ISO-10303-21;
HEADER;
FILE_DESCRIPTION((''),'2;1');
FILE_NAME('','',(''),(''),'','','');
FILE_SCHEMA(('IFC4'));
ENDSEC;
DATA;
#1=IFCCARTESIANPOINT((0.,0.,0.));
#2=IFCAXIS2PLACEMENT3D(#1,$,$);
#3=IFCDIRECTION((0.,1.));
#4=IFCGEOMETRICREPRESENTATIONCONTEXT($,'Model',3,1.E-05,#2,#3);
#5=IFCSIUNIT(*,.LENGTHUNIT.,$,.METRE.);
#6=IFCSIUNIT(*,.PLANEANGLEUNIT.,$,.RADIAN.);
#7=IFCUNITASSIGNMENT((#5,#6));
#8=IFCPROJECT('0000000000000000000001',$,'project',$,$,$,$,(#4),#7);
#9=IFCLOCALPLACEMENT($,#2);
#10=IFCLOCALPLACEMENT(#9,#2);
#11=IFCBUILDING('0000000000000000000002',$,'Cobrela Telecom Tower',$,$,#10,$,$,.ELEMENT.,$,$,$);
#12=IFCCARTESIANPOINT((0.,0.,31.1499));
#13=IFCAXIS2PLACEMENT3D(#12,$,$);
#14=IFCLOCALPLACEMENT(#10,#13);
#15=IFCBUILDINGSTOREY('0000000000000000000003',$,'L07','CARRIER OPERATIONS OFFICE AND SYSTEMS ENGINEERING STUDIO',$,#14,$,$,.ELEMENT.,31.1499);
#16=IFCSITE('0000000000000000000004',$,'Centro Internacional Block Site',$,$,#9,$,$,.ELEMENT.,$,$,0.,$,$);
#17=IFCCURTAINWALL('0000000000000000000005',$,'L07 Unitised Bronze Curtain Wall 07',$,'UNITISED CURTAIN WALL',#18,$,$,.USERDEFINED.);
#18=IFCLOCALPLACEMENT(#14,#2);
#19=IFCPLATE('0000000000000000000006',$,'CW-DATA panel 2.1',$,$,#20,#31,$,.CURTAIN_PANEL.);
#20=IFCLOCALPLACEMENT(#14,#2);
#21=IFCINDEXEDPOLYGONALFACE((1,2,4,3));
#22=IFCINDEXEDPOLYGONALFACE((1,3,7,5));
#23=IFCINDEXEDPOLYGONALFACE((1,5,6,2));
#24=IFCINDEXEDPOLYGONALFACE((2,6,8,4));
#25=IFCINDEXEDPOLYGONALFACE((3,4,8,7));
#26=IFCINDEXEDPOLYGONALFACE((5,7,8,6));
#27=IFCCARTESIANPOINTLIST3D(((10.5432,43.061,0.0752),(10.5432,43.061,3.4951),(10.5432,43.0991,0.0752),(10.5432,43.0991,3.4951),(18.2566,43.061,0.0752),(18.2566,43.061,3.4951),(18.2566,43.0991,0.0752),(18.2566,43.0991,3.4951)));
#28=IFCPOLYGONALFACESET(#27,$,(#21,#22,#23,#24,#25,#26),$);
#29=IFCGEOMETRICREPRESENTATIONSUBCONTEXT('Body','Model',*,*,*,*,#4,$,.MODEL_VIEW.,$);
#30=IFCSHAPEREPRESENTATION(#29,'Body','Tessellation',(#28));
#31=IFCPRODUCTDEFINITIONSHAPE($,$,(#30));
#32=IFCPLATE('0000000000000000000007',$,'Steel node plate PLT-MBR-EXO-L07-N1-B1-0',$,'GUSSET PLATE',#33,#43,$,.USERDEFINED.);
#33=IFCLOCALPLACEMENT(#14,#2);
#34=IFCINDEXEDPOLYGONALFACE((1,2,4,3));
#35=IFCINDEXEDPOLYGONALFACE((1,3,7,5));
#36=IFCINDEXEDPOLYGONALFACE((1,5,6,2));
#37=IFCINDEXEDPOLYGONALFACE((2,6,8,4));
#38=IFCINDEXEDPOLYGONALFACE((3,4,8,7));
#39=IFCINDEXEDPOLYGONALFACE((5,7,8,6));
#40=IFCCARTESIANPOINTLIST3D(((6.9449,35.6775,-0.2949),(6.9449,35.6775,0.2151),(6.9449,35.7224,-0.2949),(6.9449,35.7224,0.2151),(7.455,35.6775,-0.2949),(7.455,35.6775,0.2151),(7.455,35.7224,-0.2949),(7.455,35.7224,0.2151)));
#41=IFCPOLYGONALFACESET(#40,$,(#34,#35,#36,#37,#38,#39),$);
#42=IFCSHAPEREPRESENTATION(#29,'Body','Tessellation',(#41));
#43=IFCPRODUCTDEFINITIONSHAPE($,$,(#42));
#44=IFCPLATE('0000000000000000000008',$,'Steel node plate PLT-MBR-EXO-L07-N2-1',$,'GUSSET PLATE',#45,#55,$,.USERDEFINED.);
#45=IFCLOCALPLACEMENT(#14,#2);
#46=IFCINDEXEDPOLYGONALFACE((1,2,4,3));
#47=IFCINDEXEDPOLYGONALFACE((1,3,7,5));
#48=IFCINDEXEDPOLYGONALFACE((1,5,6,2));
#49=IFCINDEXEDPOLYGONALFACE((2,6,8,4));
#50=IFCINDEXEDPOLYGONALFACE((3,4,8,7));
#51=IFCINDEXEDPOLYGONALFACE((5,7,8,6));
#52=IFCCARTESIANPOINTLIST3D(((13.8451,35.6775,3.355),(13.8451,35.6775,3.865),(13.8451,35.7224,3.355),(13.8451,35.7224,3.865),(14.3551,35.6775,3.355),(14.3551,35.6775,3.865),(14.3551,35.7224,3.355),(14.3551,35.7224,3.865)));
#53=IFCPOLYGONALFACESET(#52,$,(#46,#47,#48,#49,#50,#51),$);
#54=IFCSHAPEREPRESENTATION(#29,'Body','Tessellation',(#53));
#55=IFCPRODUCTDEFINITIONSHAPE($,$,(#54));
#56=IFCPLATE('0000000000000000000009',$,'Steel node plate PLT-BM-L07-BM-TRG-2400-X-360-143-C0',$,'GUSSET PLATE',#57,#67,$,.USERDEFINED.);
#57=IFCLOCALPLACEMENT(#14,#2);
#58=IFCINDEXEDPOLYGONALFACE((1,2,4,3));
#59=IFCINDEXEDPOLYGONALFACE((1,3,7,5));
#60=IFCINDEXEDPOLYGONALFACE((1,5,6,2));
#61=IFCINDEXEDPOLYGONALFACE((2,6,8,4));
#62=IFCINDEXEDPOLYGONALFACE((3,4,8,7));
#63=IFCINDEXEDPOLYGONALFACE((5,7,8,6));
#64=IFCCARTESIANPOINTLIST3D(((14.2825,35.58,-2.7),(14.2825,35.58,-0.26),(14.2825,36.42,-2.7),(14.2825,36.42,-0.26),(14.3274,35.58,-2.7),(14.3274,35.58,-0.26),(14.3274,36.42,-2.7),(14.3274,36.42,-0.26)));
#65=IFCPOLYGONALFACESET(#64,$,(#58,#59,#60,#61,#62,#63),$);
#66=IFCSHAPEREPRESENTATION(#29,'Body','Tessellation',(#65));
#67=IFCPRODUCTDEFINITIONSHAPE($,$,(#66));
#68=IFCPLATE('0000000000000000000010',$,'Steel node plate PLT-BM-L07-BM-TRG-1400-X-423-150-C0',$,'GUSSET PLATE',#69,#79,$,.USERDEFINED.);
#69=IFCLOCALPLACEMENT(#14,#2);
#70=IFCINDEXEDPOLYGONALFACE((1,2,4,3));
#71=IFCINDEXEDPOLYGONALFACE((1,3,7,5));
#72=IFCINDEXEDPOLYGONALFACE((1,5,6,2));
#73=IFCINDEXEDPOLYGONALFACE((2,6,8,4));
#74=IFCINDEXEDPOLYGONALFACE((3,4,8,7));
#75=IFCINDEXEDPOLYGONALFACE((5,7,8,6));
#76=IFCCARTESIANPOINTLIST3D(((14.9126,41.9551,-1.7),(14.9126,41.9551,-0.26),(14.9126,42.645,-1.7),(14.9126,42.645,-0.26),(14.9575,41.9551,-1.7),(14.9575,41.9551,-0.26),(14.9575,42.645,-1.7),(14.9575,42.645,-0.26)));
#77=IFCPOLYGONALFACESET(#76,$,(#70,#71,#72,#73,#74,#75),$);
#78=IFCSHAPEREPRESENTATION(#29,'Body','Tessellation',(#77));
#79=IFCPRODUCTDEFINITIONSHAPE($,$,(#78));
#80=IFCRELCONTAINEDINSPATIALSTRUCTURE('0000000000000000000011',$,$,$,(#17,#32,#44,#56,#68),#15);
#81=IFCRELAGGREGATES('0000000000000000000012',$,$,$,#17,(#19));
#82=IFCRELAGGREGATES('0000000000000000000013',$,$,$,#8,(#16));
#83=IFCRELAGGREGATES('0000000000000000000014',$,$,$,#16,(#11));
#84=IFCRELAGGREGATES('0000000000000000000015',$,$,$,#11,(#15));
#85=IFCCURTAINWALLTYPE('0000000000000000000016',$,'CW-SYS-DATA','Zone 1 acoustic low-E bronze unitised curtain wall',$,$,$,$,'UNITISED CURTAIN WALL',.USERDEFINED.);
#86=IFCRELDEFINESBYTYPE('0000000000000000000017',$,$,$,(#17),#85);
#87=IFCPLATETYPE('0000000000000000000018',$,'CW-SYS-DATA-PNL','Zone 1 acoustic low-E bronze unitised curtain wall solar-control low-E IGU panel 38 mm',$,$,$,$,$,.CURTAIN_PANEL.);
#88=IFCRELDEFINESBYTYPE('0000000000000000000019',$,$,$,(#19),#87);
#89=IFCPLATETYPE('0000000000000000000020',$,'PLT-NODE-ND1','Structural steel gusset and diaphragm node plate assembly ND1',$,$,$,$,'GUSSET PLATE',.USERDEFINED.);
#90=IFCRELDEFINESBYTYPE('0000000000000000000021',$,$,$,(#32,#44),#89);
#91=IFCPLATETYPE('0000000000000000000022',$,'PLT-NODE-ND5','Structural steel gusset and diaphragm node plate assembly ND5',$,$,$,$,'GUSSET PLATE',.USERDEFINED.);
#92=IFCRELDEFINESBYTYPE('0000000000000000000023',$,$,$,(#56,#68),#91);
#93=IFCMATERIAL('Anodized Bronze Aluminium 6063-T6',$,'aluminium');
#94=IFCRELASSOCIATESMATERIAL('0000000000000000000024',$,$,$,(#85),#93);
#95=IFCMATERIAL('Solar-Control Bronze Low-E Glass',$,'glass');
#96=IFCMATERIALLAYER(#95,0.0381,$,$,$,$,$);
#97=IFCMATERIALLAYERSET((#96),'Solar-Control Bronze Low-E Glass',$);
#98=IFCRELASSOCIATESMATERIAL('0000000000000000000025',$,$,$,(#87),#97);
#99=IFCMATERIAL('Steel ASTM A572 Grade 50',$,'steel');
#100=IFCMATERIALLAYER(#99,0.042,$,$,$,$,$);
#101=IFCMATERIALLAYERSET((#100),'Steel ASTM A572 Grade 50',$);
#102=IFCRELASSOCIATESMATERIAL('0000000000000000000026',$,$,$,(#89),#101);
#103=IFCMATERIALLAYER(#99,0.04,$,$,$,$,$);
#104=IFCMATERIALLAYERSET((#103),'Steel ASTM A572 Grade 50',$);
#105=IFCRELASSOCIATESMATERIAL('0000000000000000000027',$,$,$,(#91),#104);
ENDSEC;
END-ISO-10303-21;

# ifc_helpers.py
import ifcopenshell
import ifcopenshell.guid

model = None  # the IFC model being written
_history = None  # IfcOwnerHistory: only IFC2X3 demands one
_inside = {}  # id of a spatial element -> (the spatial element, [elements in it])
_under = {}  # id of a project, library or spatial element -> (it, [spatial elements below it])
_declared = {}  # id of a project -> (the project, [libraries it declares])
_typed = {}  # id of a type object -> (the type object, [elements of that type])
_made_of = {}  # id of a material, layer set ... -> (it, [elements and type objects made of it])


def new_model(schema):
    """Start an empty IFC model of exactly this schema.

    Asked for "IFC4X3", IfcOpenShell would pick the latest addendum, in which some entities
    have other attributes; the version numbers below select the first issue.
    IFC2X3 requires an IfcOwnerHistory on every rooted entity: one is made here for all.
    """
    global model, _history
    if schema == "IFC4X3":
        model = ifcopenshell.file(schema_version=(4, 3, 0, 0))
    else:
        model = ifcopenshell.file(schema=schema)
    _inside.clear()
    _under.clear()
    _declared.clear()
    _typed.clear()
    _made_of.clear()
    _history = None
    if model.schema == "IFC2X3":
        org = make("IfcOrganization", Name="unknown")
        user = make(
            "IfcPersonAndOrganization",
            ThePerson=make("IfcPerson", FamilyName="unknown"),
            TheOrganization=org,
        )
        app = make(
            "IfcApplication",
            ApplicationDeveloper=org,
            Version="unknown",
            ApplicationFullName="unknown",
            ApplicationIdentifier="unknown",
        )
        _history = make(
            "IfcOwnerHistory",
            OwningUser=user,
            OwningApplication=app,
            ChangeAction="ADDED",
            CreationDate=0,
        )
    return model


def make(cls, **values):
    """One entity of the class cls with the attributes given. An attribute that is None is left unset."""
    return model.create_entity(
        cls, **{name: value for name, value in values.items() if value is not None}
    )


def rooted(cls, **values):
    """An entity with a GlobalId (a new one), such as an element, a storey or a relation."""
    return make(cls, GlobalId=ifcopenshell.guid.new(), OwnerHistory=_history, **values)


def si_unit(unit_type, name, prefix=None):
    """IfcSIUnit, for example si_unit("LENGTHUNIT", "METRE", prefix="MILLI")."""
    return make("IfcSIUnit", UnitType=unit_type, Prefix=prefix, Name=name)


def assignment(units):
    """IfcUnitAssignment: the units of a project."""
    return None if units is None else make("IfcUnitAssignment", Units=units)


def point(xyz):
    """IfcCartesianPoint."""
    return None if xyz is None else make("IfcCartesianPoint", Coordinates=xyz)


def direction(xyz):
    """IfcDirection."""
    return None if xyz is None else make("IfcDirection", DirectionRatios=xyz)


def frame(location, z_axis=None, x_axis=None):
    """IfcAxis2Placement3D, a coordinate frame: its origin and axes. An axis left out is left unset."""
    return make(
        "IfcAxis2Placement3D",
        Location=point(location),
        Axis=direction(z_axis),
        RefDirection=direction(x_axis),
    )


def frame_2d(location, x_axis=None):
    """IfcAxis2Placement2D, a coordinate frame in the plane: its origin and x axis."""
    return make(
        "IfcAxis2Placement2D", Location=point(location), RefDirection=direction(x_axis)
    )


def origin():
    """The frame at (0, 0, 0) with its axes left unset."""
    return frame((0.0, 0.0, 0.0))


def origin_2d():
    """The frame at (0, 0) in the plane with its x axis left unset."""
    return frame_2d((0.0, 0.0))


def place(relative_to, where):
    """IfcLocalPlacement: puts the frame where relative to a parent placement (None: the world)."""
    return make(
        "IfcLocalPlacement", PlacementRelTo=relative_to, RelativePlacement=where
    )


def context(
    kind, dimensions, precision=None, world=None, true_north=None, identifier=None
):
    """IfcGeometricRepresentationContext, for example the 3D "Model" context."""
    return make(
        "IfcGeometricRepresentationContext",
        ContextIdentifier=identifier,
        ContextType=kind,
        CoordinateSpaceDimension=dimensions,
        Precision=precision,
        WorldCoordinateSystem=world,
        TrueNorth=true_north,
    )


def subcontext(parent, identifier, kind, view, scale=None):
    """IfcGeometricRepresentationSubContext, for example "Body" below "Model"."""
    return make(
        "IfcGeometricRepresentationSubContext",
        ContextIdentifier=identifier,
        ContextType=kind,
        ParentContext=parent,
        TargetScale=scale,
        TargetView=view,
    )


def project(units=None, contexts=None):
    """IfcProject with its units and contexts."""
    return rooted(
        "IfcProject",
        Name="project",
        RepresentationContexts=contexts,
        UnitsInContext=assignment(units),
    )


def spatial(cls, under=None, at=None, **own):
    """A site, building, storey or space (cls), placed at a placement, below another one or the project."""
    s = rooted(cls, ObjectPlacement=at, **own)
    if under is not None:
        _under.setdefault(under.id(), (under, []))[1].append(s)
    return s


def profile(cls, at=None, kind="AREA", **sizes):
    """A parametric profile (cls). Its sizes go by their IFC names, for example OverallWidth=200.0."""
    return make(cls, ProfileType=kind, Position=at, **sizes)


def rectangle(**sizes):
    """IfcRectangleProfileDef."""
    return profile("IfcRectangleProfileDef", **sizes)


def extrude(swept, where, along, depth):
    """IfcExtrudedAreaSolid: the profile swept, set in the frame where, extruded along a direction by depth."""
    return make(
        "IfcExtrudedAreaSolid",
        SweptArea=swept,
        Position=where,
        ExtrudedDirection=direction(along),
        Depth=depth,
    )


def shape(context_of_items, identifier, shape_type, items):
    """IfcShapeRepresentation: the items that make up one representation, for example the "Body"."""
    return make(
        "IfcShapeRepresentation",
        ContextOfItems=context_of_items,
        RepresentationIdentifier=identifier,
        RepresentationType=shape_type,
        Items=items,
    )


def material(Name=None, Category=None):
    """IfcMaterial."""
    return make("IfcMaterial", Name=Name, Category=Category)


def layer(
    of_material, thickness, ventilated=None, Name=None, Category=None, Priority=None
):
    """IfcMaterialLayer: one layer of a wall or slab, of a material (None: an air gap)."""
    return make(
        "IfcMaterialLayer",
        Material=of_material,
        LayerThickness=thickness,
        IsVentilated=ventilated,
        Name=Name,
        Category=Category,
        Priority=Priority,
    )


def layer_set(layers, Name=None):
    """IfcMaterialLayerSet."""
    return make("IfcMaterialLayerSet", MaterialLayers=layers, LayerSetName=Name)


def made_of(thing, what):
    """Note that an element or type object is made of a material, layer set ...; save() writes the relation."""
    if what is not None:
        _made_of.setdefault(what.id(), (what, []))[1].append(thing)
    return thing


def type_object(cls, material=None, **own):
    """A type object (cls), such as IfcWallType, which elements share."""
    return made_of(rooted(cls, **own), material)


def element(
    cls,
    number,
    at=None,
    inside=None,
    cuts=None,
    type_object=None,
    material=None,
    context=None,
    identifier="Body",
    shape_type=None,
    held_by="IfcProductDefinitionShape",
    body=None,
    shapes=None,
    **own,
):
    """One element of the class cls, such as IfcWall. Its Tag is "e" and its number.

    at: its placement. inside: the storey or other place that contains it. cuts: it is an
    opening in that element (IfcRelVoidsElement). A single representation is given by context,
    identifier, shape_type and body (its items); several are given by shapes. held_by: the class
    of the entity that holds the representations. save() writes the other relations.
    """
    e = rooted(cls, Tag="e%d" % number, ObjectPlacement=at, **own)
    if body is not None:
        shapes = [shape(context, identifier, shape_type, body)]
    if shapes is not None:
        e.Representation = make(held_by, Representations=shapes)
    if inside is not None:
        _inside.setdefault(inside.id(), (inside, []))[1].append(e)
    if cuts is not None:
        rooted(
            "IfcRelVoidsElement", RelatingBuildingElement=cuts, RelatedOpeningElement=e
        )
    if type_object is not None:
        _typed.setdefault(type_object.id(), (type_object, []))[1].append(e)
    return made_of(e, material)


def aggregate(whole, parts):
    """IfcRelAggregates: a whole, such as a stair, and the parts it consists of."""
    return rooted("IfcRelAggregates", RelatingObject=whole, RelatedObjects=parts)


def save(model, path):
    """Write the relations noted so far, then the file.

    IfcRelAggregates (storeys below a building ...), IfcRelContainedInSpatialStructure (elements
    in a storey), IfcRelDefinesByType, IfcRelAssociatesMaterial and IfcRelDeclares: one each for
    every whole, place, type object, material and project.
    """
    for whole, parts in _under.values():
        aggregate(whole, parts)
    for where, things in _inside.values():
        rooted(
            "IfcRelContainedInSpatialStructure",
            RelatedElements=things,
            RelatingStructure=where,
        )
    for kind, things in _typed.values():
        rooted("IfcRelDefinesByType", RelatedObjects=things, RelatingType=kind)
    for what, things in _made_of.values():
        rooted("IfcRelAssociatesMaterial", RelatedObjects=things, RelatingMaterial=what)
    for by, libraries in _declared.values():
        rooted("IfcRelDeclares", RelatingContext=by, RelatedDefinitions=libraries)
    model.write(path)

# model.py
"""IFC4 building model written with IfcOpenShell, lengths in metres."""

from ifc_helpers import new_model, si_unit, direction, frame, origin, origin_2d, place, context, subcontext, project, spatial, rectangle, extrude, material, layer, layer_set, type_object, element, aggregate, save


model = new_model("IFC4")

# Units and contexts
model_context = context("Model", 3, precision=1e-05, world=origin(), true_north=direction((0.0, 1.0)))
body_context = subcontext(model_context, "Body", "Model", "MODEL_VIEW")
ifc_project = project(units=[si_unit("LENGTHUNIT", "METRE"), si_unit("PLANEANGLEUNIT", "RADIAN")], contexts=[model_context])

# Site, building, storey
site_placement = place(None, origin())
site = spatial("IfcSite", under=ifc_project, at=site_placement, Name="Centro Internacional Block Site", CompositionType="ELEMENT", RefElevation=0.0)
building_placement = place(site_placement, origin())
building = spatial("IfcBuilding", under=site, at=building_placement, Name="Cobrela Telecom Tower", CompositionType="ELEMENT")
storey_placement = place(building_placement, frame((0.0, 0.0, 31.1499)))
storey = spatial("IfcBuildingStorey", under=building, at=storey_placement, Name="L07", Description="CARRIER OPERATIONS OFFICE AND SYSTEMS ENGINEERING STUDIO", CompositionType="ELEMENT", Elevation=31.1499)

# Shared definitions
ifc_material_1 = material(Name="Steel ASTM A572 Grade 50", Category="steel")

# Curtain wall
ifc_material_2 = material(Name="Anodized Bronze Aluminium 6063-T6", Category="aluminium")
curtain_wall_type = type_object("IfcCurtainWallType", Name="CW-SYS-DATA", Description="Zone 1 acoustic low-E bronze unitised curtain wall", ElementType="UNITISED CURTAIN WALL", PredefinedType="USERDEFINED", material=ifc_material_2)
curtain_wall_placement = place(storey_placement, origin())
curtain_wall = element("IfcCurtainWall", 1, at=curtain_wall_placement, inside=storey, type_object=curtain_wall_type, Name="L07 Unitised Bronze Curtain Wall 07", ObjectType="UNITISED CURTAIN WALL", PredefinedType="USERDEFINED")

# Plate
ifc_material_3 = material(Name="Solar-Control Bronze Low-E Glass", Category="glass")
ifc_layer_1 = layer(ifc_material_3, 0.0381)
ifc_layer_set_1 = layer_set([ifc_layer_1], Name="Solar-Control Bronze Low-E Glass")
plate_type_1 = type_object("IfcPlateType", Name="CW-SYS-DATA-PNL", Description="Zone 1 acoustic low-E bronze unitised curtain wall solar-control low-E IGU panel 38 mm", PredefinedType="CURTAIN_PANEL", material=ifc_layer_set_1)
plate_1_placement = place(storey_placement, frame((14.3999, 43.0801, 0.0752), z_axis=(0.0, 0.0, 1.0), x_axis=(1.0, 0.0, 0.0)))
plate_1 = element("IfcPlate", 2, at=plate_1_placement, type_object=plate_type_1, Name="CW-DATA panel 2.1", PredefinedType="CURTAIN_PANEL", context=body_context, shape_type="SweptSolid", body=[
    extrude(rectangle(XDim=7.7134, YDim=0.0381, at=origin_2d()), origin(), (0.0, 0.0, 1.0), 3.4199),
])
aggregate(curtain_wall, [plate_1])

# Plates
ifc_layer_2 = layer(ifc_material_1, 0.042)
ifc_layer_set_2 = layer_set([ifc_layer_2], Name="Steel ASTM A572 Grade 50")
plate_type_2 = type_object("IfcPlateType", Name="PLT-NODE-ND1", Description="Structural steel gusset and diaphragm node plate assembly ND1", ElementType="GUSSET PLATE", PredefinedType="USERDEFINED", material=ifc_layer_set_2)
for number, where, z_axis, x_axis, name in (
    (3, (7.2, 35.7, -0.2949), (0.0, 0.0, 1.0), (-1.0, 0.0, 0.0), "Steel node plate PLT-MBR-EXO-L07-N1-B1-0"),
    (4, (14.1001, 35.7, 3.355), (0.0, 0.0, 1.0), (1.0, 0.0, 0.0), "Steel node plate PLT-MBR-EXO-L07-N2-1"),
):
    element("IfcPlate", number, at=place(storey_placement, frame(where, z_axis=z_axis, x_axis=x_axis)), inside=storey, type_object=plate_type_2, Name=name, ObjectType="GUSSET PLATE", PredefinedType="USERDEFINED", context=body_context, shape_type="SweptSolid", body=[
        extrude(rectangle(XDim=0.51, YDim=0.0449, at=origin_2d()), origin(), (0.0, 0.0, 1.0), 0.51),
    ])
ifc_layer_3 = layer(ifc_material_1, 0.04)
ifc_layer_set_3 = layer_set([ifc_layer_3], Name="Steel ASTM A572 Grade 50")
plate_type_3 = type_object("IfcPlateType", Name="PLT-NODE-ND5", Description="Structural steel gusset and diaphragm node plate assembly ND5", ElementType="GUSSET PLATE", PredefinedType="USERDEFINED", material=ifc_layer_set_3)
plate_2_placement = place(storey_placement, frame((14.3049, 36.0, -2.7), z_axis=(0.0, 0.0, 1.0), x_axis=(1.0, 0.0, 0.0)))
element("IfcPlate", 5, at=plate_2_placement, inside=storey, type_object=plate_type_3, Name="Steel node plate PLT-BM-L07-BM-TRG-2400-X-360-143-C0", ObjectType="GUSSET PLATE", PredefinedType="USERDEFINED", context=body_context, shape_type="SweptSolid", body=[
    extrude(rectangle(XDim=0.0449, YDim=0.8401, at=origin_2d()), origin(), (0.0, 0.0, 1.0), 2.4399),
])
plate_3_placement = place(storey_placement, frame((14.9351, 42.3, -1.7), z_axis=(0.0, 0.0, 1.0), x_axis=(1.0, 0.0, 0.0)))
element("IfcPlate", 6, at=plate_3_placement, inside=storey, type_object=plate_type_3, Name="Steel node plate PLT-BM-L07-BM-TRG-1400-X-423-150-C0", ObjectType="GUSSET PLATE", PredefinedType="USERDEFINED", context=body_context, shape_type="SweptSolid", body=[
    extrude(rectangle(XDim=0.0449, YDim=0.6899, at=origin_2d()), origin(), (0.0, 0.0, 1.0), 1.4399),
])

save(model, "model.ifc")
